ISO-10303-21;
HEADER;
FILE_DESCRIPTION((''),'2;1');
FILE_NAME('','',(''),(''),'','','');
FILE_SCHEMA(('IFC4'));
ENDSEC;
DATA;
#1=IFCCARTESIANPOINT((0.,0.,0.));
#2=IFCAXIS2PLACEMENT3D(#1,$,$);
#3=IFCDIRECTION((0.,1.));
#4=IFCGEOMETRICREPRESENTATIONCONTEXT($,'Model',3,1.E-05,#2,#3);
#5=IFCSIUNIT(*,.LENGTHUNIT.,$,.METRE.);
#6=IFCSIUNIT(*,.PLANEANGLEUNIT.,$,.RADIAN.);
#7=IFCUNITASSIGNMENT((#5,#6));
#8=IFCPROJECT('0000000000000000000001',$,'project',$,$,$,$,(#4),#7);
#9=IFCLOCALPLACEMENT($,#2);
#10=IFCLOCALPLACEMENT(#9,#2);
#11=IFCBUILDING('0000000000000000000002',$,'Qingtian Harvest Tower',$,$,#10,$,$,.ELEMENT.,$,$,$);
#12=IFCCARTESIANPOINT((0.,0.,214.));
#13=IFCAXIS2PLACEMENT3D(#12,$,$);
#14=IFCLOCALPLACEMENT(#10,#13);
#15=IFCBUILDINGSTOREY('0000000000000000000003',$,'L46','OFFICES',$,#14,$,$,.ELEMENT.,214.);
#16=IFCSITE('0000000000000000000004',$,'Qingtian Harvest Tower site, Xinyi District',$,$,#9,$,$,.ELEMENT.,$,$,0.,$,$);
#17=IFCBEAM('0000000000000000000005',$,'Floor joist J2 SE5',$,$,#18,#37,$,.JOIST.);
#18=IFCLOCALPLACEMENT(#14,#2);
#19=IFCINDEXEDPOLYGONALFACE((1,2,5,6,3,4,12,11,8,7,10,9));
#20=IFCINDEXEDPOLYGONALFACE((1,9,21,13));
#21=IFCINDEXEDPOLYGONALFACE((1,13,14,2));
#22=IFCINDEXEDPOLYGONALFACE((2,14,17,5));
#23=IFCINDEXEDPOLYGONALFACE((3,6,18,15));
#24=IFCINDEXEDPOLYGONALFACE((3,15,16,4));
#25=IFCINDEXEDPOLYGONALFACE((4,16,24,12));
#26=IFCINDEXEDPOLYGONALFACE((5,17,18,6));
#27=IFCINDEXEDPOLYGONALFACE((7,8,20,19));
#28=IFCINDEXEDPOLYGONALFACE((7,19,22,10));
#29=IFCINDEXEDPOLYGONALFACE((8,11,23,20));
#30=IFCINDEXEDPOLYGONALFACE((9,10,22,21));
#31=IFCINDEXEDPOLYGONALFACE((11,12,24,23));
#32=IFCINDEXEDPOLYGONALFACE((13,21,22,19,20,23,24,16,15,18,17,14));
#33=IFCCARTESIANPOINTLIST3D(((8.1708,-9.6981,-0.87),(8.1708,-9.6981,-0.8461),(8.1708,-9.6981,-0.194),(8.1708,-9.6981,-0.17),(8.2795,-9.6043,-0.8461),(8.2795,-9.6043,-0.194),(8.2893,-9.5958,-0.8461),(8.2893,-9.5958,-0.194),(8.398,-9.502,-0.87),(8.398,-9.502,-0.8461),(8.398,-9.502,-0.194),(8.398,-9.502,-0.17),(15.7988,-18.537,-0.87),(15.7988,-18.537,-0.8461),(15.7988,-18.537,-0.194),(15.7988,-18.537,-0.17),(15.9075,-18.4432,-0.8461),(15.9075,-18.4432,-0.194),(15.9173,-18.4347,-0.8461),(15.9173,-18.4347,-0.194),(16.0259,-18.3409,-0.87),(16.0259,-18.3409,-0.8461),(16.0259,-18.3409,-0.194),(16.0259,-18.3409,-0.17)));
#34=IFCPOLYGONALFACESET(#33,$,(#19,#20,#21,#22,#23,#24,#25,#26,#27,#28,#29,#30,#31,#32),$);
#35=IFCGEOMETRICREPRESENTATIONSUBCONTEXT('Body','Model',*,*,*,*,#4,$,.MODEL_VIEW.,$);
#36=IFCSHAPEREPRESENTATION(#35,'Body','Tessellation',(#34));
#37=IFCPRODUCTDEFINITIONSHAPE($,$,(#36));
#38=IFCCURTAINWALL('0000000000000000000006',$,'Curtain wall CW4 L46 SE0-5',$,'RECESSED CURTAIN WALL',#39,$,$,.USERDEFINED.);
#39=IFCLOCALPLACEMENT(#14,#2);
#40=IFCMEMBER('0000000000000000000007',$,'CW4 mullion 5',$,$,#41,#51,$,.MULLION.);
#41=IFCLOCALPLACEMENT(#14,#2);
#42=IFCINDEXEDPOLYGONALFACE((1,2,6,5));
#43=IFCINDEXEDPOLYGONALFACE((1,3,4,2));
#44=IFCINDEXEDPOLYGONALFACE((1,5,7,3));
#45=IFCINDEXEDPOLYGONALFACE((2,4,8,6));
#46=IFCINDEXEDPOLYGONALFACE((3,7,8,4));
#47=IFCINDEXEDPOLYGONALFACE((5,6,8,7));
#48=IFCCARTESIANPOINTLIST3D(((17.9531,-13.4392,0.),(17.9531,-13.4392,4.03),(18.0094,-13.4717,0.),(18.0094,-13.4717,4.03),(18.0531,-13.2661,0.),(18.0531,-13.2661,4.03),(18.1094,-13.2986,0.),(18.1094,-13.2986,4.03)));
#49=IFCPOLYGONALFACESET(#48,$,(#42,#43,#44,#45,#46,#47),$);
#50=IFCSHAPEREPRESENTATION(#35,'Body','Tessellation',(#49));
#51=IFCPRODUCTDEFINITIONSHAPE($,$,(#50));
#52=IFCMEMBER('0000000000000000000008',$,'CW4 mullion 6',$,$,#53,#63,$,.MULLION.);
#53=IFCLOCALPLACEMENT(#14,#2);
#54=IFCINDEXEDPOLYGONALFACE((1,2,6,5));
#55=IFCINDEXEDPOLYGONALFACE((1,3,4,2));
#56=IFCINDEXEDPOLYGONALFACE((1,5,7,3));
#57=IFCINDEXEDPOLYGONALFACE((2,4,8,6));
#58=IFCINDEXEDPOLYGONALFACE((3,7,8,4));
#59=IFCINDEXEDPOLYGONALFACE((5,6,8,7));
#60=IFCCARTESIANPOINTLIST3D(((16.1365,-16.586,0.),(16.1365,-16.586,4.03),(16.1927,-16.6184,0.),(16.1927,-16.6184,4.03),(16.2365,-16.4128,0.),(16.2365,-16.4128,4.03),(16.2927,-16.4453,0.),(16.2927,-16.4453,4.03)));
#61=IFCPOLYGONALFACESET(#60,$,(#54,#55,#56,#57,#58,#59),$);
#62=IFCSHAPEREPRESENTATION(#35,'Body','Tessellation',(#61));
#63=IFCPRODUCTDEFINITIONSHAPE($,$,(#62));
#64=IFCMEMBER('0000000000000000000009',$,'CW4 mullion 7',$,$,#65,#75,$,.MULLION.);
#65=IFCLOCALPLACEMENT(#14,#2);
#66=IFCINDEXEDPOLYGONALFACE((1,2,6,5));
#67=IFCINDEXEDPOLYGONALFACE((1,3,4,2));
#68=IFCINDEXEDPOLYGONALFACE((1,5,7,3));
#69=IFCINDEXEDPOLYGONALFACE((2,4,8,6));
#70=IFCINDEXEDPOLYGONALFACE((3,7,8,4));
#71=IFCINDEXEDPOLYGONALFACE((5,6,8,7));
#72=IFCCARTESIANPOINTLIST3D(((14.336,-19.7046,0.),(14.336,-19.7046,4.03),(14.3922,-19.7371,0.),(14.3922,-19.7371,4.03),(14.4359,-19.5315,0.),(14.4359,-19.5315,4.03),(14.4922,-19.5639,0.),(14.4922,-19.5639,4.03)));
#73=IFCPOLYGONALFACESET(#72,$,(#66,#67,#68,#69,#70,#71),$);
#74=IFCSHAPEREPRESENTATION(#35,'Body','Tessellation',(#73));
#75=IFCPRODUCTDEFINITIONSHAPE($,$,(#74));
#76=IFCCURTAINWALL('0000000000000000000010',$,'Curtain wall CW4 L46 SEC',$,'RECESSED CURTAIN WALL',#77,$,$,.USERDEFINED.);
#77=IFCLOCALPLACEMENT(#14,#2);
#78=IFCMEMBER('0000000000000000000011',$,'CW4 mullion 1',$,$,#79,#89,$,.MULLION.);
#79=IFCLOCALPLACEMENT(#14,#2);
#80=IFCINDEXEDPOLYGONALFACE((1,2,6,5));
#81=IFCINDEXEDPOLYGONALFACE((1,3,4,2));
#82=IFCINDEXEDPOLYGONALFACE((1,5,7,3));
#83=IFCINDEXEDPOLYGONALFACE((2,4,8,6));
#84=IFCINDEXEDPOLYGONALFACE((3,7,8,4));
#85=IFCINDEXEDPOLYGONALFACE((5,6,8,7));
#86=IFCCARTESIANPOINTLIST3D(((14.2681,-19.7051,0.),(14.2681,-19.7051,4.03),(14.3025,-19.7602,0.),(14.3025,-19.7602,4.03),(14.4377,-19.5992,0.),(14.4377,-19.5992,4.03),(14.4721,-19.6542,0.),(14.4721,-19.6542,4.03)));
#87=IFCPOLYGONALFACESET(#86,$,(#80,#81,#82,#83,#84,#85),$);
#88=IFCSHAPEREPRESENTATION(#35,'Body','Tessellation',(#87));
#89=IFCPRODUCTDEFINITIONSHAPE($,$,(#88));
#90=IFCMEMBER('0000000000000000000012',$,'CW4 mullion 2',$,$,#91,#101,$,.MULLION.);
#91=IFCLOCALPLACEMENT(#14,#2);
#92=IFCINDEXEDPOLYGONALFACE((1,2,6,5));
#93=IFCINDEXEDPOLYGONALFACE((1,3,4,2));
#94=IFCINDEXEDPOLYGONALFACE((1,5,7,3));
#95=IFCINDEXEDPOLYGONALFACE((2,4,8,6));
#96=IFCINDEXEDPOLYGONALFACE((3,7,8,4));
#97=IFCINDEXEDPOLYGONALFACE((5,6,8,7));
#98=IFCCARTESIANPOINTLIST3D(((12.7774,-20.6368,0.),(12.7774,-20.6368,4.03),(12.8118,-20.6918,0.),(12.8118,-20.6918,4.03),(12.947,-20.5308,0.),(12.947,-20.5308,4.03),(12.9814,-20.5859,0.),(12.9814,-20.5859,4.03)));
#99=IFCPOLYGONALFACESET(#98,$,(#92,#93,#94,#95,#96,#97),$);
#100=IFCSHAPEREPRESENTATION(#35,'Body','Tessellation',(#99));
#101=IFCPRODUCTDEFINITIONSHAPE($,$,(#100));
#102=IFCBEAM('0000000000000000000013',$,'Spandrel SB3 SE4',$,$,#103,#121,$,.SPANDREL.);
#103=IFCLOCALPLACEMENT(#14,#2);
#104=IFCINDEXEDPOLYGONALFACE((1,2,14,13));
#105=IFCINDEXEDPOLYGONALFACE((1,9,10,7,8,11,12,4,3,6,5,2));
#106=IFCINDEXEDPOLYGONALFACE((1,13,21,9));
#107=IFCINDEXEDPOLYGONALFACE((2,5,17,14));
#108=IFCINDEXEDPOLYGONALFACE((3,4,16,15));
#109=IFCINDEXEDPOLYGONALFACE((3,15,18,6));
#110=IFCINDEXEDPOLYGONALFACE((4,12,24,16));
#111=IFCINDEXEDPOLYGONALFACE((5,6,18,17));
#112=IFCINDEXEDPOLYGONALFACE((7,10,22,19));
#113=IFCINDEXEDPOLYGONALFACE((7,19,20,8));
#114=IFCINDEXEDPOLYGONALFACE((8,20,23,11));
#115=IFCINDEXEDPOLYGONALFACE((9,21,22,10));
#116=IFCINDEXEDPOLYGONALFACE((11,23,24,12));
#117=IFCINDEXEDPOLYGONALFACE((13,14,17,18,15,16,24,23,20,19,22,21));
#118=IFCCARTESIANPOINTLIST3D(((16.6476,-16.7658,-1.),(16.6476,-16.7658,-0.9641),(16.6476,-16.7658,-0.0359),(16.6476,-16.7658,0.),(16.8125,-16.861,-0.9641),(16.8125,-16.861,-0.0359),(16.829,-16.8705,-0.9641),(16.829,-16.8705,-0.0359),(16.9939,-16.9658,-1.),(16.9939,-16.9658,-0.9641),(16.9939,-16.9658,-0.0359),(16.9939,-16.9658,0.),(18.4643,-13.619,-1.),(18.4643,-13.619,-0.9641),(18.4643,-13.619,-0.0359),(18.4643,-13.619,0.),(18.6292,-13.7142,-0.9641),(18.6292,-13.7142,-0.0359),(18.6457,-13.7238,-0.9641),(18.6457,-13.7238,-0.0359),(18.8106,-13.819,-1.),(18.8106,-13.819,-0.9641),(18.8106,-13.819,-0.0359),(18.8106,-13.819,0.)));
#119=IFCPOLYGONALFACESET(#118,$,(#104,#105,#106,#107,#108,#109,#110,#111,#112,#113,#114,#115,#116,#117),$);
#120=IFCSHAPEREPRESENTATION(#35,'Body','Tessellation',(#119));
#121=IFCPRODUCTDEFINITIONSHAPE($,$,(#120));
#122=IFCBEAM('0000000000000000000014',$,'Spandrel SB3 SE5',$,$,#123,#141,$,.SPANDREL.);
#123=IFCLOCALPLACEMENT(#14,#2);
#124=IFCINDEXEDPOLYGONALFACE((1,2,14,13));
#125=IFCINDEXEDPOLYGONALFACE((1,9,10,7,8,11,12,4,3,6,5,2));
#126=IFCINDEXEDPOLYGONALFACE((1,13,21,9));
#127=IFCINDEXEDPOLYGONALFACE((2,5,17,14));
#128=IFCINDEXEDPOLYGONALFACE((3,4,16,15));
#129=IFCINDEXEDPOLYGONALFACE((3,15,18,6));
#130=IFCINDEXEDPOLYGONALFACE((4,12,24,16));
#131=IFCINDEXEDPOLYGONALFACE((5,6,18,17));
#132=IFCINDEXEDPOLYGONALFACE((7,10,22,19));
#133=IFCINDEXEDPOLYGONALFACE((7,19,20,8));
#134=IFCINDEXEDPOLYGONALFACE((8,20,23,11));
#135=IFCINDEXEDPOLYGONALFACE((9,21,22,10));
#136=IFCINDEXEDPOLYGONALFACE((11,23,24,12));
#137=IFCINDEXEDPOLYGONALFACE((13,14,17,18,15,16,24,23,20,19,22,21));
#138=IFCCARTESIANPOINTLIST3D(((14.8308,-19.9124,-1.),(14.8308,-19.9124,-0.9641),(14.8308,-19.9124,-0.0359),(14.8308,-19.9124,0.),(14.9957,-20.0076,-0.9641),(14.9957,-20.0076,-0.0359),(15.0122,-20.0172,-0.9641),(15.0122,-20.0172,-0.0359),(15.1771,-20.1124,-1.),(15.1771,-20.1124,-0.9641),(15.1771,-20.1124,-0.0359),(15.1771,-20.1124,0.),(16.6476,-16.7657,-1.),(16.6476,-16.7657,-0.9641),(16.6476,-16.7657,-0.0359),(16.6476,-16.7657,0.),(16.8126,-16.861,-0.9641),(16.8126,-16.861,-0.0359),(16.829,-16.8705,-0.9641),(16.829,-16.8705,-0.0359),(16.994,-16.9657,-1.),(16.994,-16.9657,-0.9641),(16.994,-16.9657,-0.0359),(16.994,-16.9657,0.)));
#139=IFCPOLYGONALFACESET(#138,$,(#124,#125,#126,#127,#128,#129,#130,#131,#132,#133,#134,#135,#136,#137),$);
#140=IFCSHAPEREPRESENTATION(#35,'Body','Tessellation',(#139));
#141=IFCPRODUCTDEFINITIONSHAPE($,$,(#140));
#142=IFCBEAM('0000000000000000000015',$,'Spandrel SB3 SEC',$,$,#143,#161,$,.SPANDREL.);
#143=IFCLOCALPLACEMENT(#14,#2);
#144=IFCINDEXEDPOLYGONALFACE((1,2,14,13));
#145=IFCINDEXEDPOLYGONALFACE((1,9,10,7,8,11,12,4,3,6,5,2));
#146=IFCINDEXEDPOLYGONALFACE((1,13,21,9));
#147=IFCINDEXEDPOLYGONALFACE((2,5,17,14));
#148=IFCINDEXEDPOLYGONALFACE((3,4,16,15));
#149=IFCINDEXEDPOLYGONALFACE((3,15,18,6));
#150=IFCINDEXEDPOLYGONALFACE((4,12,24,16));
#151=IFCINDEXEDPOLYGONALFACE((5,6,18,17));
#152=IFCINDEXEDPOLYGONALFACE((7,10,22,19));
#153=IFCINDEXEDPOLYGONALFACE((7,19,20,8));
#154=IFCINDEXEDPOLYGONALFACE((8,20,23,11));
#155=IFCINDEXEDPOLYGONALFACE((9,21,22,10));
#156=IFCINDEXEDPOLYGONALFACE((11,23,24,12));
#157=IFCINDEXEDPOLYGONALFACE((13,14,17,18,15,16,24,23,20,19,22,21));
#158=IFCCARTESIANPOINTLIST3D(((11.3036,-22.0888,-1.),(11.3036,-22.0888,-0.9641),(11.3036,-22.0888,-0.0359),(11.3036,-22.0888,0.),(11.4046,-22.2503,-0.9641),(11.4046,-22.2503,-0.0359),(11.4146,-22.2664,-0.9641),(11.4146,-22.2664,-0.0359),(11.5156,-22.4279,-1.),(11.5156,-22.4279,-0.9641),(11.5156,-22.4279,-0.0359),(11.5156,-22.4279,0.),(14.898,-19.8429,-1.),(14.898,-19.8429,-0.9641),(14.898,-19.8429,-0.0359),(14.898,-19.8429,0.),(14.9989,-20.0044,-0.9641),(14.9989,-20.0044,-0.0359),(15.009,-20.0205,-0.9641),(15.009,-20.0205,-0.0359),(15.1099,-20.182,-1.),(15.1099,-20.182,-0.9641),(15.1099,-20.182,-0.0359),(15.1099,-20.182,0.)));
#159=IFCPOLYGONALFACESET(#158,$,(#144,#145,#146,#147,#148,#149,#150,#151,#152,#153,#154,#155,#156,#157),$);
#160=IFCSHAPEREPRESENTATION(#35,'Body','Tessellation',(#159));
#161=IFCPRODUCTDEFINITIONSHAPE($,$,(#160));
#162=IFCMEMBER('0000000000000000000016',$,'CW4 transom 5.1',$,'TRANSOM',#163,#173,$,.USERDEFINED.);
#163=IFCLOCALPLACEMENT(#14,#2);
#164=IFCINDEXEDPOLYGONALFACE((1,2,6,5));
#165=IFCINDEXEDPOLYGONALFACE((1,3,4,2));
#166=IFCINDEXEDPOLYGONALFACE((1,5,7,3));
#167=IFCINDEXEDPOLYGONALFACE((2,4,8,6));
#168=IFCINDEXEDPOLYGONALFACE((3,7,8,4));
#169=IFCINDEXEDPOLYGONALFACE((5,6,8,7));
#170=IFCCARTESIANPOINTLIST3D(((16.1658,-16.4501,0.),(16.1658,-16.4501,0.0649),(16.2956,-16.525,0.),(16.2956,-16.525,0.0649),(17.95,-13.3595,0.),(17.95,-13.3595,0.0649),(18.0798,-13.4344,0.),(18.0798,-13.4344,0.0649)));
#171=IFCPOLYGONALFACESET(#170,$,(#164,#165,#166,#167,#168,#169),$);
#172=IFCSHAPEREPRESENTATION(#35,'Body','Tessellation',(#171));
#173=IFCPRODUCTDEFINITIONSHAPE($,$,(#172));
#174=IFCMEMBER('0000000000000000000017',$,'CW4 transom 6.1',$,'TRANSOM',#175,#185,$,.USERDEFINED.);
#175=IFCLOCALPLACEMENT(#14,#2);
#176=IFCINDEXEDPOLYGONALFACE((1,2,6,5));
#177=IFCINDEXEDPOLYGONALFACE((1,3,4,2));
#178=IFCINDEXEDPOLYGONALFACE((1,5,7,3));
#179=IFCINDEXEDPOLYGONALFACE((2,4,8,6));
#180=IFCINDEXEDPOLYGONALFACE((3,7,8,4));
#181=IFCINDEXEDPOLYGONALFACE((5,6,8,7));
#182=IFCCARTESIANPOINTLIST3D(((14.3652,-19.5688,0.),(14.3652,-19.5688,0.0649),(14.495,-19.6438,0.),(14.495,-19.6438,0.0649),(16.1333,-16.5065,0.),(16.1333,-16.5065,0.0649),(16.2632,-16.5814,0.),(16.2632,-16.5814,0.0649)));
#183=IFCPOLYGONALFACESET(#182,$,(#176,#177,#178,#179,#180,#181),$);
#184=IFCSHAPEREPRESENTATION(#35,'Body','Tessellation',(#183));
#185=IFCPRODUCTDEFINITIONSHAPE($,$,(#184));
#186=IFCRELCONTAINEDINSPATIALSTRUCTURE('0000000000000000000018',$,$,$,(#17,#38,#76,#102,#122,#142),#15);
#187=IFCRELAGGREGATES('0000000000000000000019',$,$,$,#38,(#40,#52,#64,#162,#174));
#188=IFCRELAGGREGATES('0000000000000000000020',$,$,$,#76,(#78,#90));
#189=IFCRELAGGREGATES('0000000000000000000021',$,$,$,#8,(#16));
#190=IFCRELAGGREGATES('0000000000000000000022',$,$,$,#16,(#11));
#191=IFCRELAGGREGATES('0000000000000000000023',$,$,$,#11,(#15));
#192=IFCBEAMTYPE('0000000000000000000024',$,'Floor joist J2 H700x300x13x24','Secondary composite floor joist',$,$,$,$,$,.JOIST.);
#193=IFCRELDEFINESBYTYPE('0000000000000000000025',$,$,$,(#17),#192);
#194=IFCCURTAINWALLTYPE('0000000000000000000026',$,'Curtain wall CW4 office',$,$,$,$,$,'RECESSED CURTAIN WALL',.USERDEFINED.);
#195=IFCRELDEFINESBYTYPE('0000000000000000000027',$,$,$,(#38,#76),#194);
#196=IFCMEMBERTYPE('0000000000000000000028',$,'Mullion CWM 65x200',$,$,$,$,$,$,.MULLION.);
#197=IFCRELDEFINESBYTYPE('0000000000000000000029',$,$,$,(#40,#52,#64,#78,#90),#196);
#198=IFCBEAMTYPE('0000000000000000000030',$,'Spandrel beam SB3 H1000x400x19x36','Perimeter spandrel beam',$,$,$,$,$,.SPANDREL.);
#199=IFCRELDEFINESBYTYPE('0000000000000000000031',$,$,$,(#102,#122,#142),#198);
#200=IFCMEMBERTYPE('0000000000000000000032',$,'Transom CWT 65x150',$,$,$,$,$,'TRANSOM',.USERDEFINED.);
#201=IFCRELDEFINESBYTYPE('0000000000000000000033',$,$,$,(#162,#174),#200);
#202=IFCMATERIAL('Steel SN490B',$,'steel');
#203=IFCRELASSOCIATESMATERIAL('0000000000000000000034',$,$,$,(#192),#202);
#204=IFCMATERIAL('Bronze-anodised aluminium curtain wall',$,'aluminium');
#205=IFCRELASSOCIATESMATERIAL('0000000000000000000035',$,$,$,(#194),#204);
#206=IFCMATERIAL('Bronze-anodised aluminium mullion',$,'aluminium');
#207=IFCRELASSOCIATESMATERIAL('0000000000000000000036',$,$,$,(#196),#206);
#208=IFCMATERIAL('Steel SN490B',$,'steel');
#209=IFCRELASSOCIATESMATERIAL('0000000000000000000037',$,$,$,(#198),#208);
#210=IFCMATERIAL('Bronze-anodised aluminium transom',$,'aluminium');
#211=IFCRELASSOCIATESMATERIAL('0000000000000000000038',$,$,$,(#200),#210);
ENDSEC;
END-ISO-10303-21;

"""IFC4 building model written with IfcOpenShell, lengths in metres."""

from ifc_helpers import new_model, si_unit, direction, frame, origin, origin_2d, place, context, subcontext, project, spatial, rectangle, i_section, extrude, material, material_profile, profile_set, type_object, element, aggregate, save


model = new_model("IFC4")

# Units and contexts
model_context = context("Model", 3, precision=1e-05, world=origin(), true_north=direction((0.0, 1.0)))
body_context = subcontext(model_context, "Body", "Model", "MODEL_VIEW")
ifc_project = project(units=[si_unit("LENGTHUNIT", "METRE"), si_unit("PLANEANGLEUNIT", "RADIAN")], contexts=[model_context])

# Site, building, storey
site_placement = place(None, origin())
site = spatial("IfcSite", under=ifc_project, at=site_placement, Name="Qingtian Harvest Tower site, Xinyi District", CompositionType="ELEMENT", RefElevation=0.0)
building_placement = place(site_placement, origin())
building = spatial("IfcBuilding", under=site, at=building_placement, Name="Qingtian Harvest Tower", CompositionType="ELEMENT")
storey_placement = place(building_placement, frame((0.0, 0.0, 214.0)))
storey = spatial("IfcBuildingStorey", under=building, at=storey_placement, Name="L46", Description="OFFICES", CompositionType="ELEMENT", Elevation=214.0)

# Beam
ifc_material_1 = material(Name="Steel SN490B", Category="steel")
ifc_material_profile_1 = material_profile(ifc_material_1, i_section(OverallWidth=0.3, OverallDepth=0.7, WebThickness=0.0129, FlangeThickness=0.0239, at=origin_2d()), Name="H700x300x13x24")
ifc_profile_set_1 = profile_set([ifc_material_profile_1], Name="Steel SN490B")
beam_type_1 = type_object("IfcBeamType", Name="Floor joist J2 H700x300x13x24", Description="Secondary composite floor joist", PredefinedType="JOIST", material=ifc_profile_set_1)
beam_1_placement = place(storey_placement, frame((15.9124, -18.439, -0.52), z_axis=(-0.653343, 0.757062, 0.0), x_axis=(-0.757062, -0.653343, 0.0)))
element("IfcBeam", 1, at=beam_1_placement, inside=storey, type_object=beam_type_1, Name="Floor joist J2 SE5", PredefinedType="JOIST", context=body_context, shape_type="SweptSolid", body=[
    extrude(i_section(OverallWidth=0.3, OverallDepth=0.7, WebThickness=0.0129, FlangeThickness=0.0239, at=origin_2d()), origin(), (0.0, 0.0, 1.0), 11.6753),
])

# Curtain walls, members
ifc_material_2 = material(Name="Bronze-anodised aluminium curtain wall", Category="aluminium")
curtain_wall_type = type_object("IfcCurtainWallType", Name="Curtain wall CW4 office", ElementType="RECESSED CURTAIN WALL", PredefinedType="USERDEFINED", material=ifc_material_2)
curtain_wall_1_placement = place(storey_placement, origin())
curtain_wall_1 = element("IfcCurtainWall", 2, at=curtain_wall_1_placement, inside=storey, type_object=curtain_wall_type, Name="Curtain wall CW4 L46 SE0-5", ObjectType="RECESSED CURTAIN WALL", PredefinedType="USERDEFINED")
ifc_material_3 = material(Name="Bronze-anodised aluminium mullion", Category="aluminium")
ifc_material_profile_2 = material_profile(ifc_material_3, rectangle(XDim=0.0649, YDim=0.2, at=origin_2d()), Name="AL 65x200")
ifc_profile_set_2 = profile_set([ifc_material_profile_2], Name="Bronze-anodised aluminium mullion")
member_type_1 = type_object("IfcMemberType", Name="Mullion CWM 65x200", PredefinedType="MULLION", material=ifc_profile_set_2)
member_1_placement = place(storey_placement, frame((18.0312, -13.3689, 0.0), z_axis=(0.0, 0.0, 1.0), x_axis=(0.866025, -0.5, 0.0)))
member_1 = element("IfcMember", 3, at=member_1_placement, type_object=member_type_1, Name="CW4 mullion 5", PredefinedType="MULLION", context=body_context, shape_type="SweptSolid", body=[
    extrude(rectangle(XDim=0.0649, YDim=0.2, at=origin_2d()), origin(), (0.0, 0.0, 1.0), 4.03),
])
member_2_placement = place(storey_placement, frame((16.2146, -16.5156, 0.0), z_axis=(0.0, 0.0, 1.0), x_axis=(0.866025, -0.5, 0.0)))
member_2 = element("IfcMember", 4, at=member_2_placement, type_object=member_type_1, Name="CW4 mullion 6", PredefinedType="MULLION", context=body_context, shape_type="SweptSolid", body=[
    extrude(rectangle(XDim=0.0649, YDim=0.2, at=origin_2d()), origin(), (0.0, 0.0, 1.0), 4.03),
])
member_3_placement = place(storey_placement, frame((14.4141, -19.6343, 0.0), z_axis=(0.0, 0.0, 1.0), x_axis=(0.866025, -0.5, 0.0)))
member_3 = element("IfcMember", 5, at=member_3_placement, type_object=member_type_1, Name="CW4 mullion 7", PredefinedType="MULLION", context=body_context, shape_type="SweptSolid", body=[
    extrude(rectangle(XDim=0.0649, YDim=0.2, at=origin_2d()), origin(), (0.0, 0.0, 1.0), 4.03),
])
curtain_wall_2_placement = place(storey_placement, origin())
curtain_wall_2 = element("IfcCurtainWall", 6, at=curtain_wall_2_placement, inside=storey, type_object=curtain_wall_type, Name="Curtain wall CW4 L46 SEC", ObjectType="RECESSED CURTAIN WALL", PredefinedType="USERDEFINED")
member_4_placement = place(storey_placement, frame((14.3701, -19.6797, 0.0), z_axis=(0.0, 0.0, 1.0), x_axis=(0.529919, -0.848048, 0.0)))
member_4 = element("IfcMember", 7, at=member_4_placement, type_object=member_type_1, Name="CW4 mullion 1", PredefinedType="MULLION", context=body_context, shape_type="SweptSolid", body=[
    extrude(rectangle(XDim=0.0649, YDim=0.2, at=origin_2d()), origin(), (0.0, 0.0, 1.0), 4.03),
])
member_5_placement = place(storey_placement, frame((12.8794, -20.6113, 0.0), z_axis=(0.0, 0.0, 1.0), x_axis=(0.529919, -0.848048, 0.0)))
member_5 = element("IfcMember", 8, at=member_5_placement, type_object=member_type_1, Name="CW4 mullion 2", PredefinedType="MULLION", context=body_context, shape_type="SweptSolid", body=[
    extrude(rectangle(XDim=0.0649, YDim=0.2, at=origin_2d()), origin(), (0.0, 0.0, 1.0), 4.03),
])

# Beams
ifc_material_4 = material(Name="Steel SN490B", Category="steel")
ifc_material_profile_3 = material_profile(ifc_material_4, i_section(OverallWidth=0.3999, OverallDepth=1.0, WebThickness=0.019, FlangeThickness=0.0359, at=origin_2d()), Name="H1000x400x19x36")
ifc_profile_set_3 = profile_set([ifc_material_profile_3], Name="Steel SN490B")
beam_type_2 = type_object("IfcBeamType", Name="Spandrel beam SB3 H1000x400x19x36", Description="Perimeter spandrel beam", PredefinedType="SPANDREL", material=ifc_profile_set_3)
for number, where, z_axis, x_axis, name in (
    (9, (18.6375, -13.719, -0.5), (-0.499976, -0.866039, 0.0), (0.866039, -0.499976, 0.0), "Spandrel SB3 SE4"),
    (10, (16.8208, -16.8657, -0.5), (-0.500027, -0.86601, 0.0), (0.86601, -0.500027, 0.0), "Spandrel SB3 SE5"),
):
    element("IfcBeam", number, at=place(storey_placement, frame(where, z_axis=z_axis, x_axis=x_axis)), inside=storey, type_object=beam_type_2, Name=name, PredefinedType="SPANDREL", context=body_context, shape_type="SweptSolid", body=[
        extrude(i_section(OverallWidth=0.3999, OverallDepth=1.0, WebThickness=0.019, FlangeThickness=0.0359, at=origin_2d()), origin(), (0.0, 0.0, 1.0), 3.6335),
    ])
beam_2_placement = place(storey_placement, frame((15.0039, -20.0125, -0.5), z_axis=(-0.848057, -0.529906, 0.0), x_axis=(0.529906, -0.848057, 0.0)))
element("IfcBeam", 11, at=beam_2_placement, inside=storey, type_object=beam_type_2, Name="Spandrel SB3 SEC", PredefinedType="SPANDREL", context=body_context, shape_type="SweptSolid", body=[
    extrude(i_section(OverallWidth=0.3999, OverallDepth=1.0, WebThickness=0.019, FlangeThickness=0.0359, at=origin_2d()), origin(), (0.0, 0.0, 1.0), 4.2383),
])

# Members
ifc_material_5 = material(Name="Bronze-anodised aluminium transom", Category="aluminium")
ifc_material_profile_4 = material_profile(ifc_material_5, rectangle(XDim=0.1499, YDim=0.0649, at=origin_2d()), Name="AL 65x150")
ifc_profile_set_4 = profile_set([ifc_material_profile_4], Name="Bronze-anodised aluminium transom")
member_type_2 = type_object("IfcMemberType", Name="Transom CWT 65x150", ElementType="TRANSOM", PredefinedType="USERDEFINED", material=ifc_profile_set_4)
member_6_placement = place(storey_placement, frame((18.0149, -13.397, 0.0325), z_axis=(-0.499965, -0.866045, 0.0), x_axis=(0.866045, -0.499965, 0.0)))
member_6 = element("IfcMember", 12, at=member_6_placement, type_object=member_type_2, Name="CW4 transom 5.1", ObjectType="TRANSOM", PredefinedType="USERDEFINED", context=body_context, shape_type="SweptSolid", body=[
    extrude(rectangle(XDim=0.1499, YDim=0.0649, at=origin_2d()), origin(), (0.0, 0.0, 1.0), 3.5686),
])
member_7_placement = place(storey_placement, frame((16.1982, -16.5439, 0.0325), z_axis=(-0.500015, -0.866017, 0.0), x_axis=(0.866017, -0.500015, 0.0)))
member_7 = element("IfcMember", 13, at=member_7_placement, type_object=member_type_2, Name="CW4 transom 6.1", ObjectType="TRANSOM", PredefinedType="USERDEFINED", context=body_context, shape_type="SweptSolid", body=[
    extrude(rectangle(XDim=0.1499, YDim=0.0649, at=origin_2d()), origin(), (0.0, 0.0, 1.0), 3.5361),
])

aggregate(curtain_wall_1, [member_1, member_2, member_3, member_6, member_7])
aggregate(curtain_wall_2, [member_4, member_5])

save(model, "model.ifc")
